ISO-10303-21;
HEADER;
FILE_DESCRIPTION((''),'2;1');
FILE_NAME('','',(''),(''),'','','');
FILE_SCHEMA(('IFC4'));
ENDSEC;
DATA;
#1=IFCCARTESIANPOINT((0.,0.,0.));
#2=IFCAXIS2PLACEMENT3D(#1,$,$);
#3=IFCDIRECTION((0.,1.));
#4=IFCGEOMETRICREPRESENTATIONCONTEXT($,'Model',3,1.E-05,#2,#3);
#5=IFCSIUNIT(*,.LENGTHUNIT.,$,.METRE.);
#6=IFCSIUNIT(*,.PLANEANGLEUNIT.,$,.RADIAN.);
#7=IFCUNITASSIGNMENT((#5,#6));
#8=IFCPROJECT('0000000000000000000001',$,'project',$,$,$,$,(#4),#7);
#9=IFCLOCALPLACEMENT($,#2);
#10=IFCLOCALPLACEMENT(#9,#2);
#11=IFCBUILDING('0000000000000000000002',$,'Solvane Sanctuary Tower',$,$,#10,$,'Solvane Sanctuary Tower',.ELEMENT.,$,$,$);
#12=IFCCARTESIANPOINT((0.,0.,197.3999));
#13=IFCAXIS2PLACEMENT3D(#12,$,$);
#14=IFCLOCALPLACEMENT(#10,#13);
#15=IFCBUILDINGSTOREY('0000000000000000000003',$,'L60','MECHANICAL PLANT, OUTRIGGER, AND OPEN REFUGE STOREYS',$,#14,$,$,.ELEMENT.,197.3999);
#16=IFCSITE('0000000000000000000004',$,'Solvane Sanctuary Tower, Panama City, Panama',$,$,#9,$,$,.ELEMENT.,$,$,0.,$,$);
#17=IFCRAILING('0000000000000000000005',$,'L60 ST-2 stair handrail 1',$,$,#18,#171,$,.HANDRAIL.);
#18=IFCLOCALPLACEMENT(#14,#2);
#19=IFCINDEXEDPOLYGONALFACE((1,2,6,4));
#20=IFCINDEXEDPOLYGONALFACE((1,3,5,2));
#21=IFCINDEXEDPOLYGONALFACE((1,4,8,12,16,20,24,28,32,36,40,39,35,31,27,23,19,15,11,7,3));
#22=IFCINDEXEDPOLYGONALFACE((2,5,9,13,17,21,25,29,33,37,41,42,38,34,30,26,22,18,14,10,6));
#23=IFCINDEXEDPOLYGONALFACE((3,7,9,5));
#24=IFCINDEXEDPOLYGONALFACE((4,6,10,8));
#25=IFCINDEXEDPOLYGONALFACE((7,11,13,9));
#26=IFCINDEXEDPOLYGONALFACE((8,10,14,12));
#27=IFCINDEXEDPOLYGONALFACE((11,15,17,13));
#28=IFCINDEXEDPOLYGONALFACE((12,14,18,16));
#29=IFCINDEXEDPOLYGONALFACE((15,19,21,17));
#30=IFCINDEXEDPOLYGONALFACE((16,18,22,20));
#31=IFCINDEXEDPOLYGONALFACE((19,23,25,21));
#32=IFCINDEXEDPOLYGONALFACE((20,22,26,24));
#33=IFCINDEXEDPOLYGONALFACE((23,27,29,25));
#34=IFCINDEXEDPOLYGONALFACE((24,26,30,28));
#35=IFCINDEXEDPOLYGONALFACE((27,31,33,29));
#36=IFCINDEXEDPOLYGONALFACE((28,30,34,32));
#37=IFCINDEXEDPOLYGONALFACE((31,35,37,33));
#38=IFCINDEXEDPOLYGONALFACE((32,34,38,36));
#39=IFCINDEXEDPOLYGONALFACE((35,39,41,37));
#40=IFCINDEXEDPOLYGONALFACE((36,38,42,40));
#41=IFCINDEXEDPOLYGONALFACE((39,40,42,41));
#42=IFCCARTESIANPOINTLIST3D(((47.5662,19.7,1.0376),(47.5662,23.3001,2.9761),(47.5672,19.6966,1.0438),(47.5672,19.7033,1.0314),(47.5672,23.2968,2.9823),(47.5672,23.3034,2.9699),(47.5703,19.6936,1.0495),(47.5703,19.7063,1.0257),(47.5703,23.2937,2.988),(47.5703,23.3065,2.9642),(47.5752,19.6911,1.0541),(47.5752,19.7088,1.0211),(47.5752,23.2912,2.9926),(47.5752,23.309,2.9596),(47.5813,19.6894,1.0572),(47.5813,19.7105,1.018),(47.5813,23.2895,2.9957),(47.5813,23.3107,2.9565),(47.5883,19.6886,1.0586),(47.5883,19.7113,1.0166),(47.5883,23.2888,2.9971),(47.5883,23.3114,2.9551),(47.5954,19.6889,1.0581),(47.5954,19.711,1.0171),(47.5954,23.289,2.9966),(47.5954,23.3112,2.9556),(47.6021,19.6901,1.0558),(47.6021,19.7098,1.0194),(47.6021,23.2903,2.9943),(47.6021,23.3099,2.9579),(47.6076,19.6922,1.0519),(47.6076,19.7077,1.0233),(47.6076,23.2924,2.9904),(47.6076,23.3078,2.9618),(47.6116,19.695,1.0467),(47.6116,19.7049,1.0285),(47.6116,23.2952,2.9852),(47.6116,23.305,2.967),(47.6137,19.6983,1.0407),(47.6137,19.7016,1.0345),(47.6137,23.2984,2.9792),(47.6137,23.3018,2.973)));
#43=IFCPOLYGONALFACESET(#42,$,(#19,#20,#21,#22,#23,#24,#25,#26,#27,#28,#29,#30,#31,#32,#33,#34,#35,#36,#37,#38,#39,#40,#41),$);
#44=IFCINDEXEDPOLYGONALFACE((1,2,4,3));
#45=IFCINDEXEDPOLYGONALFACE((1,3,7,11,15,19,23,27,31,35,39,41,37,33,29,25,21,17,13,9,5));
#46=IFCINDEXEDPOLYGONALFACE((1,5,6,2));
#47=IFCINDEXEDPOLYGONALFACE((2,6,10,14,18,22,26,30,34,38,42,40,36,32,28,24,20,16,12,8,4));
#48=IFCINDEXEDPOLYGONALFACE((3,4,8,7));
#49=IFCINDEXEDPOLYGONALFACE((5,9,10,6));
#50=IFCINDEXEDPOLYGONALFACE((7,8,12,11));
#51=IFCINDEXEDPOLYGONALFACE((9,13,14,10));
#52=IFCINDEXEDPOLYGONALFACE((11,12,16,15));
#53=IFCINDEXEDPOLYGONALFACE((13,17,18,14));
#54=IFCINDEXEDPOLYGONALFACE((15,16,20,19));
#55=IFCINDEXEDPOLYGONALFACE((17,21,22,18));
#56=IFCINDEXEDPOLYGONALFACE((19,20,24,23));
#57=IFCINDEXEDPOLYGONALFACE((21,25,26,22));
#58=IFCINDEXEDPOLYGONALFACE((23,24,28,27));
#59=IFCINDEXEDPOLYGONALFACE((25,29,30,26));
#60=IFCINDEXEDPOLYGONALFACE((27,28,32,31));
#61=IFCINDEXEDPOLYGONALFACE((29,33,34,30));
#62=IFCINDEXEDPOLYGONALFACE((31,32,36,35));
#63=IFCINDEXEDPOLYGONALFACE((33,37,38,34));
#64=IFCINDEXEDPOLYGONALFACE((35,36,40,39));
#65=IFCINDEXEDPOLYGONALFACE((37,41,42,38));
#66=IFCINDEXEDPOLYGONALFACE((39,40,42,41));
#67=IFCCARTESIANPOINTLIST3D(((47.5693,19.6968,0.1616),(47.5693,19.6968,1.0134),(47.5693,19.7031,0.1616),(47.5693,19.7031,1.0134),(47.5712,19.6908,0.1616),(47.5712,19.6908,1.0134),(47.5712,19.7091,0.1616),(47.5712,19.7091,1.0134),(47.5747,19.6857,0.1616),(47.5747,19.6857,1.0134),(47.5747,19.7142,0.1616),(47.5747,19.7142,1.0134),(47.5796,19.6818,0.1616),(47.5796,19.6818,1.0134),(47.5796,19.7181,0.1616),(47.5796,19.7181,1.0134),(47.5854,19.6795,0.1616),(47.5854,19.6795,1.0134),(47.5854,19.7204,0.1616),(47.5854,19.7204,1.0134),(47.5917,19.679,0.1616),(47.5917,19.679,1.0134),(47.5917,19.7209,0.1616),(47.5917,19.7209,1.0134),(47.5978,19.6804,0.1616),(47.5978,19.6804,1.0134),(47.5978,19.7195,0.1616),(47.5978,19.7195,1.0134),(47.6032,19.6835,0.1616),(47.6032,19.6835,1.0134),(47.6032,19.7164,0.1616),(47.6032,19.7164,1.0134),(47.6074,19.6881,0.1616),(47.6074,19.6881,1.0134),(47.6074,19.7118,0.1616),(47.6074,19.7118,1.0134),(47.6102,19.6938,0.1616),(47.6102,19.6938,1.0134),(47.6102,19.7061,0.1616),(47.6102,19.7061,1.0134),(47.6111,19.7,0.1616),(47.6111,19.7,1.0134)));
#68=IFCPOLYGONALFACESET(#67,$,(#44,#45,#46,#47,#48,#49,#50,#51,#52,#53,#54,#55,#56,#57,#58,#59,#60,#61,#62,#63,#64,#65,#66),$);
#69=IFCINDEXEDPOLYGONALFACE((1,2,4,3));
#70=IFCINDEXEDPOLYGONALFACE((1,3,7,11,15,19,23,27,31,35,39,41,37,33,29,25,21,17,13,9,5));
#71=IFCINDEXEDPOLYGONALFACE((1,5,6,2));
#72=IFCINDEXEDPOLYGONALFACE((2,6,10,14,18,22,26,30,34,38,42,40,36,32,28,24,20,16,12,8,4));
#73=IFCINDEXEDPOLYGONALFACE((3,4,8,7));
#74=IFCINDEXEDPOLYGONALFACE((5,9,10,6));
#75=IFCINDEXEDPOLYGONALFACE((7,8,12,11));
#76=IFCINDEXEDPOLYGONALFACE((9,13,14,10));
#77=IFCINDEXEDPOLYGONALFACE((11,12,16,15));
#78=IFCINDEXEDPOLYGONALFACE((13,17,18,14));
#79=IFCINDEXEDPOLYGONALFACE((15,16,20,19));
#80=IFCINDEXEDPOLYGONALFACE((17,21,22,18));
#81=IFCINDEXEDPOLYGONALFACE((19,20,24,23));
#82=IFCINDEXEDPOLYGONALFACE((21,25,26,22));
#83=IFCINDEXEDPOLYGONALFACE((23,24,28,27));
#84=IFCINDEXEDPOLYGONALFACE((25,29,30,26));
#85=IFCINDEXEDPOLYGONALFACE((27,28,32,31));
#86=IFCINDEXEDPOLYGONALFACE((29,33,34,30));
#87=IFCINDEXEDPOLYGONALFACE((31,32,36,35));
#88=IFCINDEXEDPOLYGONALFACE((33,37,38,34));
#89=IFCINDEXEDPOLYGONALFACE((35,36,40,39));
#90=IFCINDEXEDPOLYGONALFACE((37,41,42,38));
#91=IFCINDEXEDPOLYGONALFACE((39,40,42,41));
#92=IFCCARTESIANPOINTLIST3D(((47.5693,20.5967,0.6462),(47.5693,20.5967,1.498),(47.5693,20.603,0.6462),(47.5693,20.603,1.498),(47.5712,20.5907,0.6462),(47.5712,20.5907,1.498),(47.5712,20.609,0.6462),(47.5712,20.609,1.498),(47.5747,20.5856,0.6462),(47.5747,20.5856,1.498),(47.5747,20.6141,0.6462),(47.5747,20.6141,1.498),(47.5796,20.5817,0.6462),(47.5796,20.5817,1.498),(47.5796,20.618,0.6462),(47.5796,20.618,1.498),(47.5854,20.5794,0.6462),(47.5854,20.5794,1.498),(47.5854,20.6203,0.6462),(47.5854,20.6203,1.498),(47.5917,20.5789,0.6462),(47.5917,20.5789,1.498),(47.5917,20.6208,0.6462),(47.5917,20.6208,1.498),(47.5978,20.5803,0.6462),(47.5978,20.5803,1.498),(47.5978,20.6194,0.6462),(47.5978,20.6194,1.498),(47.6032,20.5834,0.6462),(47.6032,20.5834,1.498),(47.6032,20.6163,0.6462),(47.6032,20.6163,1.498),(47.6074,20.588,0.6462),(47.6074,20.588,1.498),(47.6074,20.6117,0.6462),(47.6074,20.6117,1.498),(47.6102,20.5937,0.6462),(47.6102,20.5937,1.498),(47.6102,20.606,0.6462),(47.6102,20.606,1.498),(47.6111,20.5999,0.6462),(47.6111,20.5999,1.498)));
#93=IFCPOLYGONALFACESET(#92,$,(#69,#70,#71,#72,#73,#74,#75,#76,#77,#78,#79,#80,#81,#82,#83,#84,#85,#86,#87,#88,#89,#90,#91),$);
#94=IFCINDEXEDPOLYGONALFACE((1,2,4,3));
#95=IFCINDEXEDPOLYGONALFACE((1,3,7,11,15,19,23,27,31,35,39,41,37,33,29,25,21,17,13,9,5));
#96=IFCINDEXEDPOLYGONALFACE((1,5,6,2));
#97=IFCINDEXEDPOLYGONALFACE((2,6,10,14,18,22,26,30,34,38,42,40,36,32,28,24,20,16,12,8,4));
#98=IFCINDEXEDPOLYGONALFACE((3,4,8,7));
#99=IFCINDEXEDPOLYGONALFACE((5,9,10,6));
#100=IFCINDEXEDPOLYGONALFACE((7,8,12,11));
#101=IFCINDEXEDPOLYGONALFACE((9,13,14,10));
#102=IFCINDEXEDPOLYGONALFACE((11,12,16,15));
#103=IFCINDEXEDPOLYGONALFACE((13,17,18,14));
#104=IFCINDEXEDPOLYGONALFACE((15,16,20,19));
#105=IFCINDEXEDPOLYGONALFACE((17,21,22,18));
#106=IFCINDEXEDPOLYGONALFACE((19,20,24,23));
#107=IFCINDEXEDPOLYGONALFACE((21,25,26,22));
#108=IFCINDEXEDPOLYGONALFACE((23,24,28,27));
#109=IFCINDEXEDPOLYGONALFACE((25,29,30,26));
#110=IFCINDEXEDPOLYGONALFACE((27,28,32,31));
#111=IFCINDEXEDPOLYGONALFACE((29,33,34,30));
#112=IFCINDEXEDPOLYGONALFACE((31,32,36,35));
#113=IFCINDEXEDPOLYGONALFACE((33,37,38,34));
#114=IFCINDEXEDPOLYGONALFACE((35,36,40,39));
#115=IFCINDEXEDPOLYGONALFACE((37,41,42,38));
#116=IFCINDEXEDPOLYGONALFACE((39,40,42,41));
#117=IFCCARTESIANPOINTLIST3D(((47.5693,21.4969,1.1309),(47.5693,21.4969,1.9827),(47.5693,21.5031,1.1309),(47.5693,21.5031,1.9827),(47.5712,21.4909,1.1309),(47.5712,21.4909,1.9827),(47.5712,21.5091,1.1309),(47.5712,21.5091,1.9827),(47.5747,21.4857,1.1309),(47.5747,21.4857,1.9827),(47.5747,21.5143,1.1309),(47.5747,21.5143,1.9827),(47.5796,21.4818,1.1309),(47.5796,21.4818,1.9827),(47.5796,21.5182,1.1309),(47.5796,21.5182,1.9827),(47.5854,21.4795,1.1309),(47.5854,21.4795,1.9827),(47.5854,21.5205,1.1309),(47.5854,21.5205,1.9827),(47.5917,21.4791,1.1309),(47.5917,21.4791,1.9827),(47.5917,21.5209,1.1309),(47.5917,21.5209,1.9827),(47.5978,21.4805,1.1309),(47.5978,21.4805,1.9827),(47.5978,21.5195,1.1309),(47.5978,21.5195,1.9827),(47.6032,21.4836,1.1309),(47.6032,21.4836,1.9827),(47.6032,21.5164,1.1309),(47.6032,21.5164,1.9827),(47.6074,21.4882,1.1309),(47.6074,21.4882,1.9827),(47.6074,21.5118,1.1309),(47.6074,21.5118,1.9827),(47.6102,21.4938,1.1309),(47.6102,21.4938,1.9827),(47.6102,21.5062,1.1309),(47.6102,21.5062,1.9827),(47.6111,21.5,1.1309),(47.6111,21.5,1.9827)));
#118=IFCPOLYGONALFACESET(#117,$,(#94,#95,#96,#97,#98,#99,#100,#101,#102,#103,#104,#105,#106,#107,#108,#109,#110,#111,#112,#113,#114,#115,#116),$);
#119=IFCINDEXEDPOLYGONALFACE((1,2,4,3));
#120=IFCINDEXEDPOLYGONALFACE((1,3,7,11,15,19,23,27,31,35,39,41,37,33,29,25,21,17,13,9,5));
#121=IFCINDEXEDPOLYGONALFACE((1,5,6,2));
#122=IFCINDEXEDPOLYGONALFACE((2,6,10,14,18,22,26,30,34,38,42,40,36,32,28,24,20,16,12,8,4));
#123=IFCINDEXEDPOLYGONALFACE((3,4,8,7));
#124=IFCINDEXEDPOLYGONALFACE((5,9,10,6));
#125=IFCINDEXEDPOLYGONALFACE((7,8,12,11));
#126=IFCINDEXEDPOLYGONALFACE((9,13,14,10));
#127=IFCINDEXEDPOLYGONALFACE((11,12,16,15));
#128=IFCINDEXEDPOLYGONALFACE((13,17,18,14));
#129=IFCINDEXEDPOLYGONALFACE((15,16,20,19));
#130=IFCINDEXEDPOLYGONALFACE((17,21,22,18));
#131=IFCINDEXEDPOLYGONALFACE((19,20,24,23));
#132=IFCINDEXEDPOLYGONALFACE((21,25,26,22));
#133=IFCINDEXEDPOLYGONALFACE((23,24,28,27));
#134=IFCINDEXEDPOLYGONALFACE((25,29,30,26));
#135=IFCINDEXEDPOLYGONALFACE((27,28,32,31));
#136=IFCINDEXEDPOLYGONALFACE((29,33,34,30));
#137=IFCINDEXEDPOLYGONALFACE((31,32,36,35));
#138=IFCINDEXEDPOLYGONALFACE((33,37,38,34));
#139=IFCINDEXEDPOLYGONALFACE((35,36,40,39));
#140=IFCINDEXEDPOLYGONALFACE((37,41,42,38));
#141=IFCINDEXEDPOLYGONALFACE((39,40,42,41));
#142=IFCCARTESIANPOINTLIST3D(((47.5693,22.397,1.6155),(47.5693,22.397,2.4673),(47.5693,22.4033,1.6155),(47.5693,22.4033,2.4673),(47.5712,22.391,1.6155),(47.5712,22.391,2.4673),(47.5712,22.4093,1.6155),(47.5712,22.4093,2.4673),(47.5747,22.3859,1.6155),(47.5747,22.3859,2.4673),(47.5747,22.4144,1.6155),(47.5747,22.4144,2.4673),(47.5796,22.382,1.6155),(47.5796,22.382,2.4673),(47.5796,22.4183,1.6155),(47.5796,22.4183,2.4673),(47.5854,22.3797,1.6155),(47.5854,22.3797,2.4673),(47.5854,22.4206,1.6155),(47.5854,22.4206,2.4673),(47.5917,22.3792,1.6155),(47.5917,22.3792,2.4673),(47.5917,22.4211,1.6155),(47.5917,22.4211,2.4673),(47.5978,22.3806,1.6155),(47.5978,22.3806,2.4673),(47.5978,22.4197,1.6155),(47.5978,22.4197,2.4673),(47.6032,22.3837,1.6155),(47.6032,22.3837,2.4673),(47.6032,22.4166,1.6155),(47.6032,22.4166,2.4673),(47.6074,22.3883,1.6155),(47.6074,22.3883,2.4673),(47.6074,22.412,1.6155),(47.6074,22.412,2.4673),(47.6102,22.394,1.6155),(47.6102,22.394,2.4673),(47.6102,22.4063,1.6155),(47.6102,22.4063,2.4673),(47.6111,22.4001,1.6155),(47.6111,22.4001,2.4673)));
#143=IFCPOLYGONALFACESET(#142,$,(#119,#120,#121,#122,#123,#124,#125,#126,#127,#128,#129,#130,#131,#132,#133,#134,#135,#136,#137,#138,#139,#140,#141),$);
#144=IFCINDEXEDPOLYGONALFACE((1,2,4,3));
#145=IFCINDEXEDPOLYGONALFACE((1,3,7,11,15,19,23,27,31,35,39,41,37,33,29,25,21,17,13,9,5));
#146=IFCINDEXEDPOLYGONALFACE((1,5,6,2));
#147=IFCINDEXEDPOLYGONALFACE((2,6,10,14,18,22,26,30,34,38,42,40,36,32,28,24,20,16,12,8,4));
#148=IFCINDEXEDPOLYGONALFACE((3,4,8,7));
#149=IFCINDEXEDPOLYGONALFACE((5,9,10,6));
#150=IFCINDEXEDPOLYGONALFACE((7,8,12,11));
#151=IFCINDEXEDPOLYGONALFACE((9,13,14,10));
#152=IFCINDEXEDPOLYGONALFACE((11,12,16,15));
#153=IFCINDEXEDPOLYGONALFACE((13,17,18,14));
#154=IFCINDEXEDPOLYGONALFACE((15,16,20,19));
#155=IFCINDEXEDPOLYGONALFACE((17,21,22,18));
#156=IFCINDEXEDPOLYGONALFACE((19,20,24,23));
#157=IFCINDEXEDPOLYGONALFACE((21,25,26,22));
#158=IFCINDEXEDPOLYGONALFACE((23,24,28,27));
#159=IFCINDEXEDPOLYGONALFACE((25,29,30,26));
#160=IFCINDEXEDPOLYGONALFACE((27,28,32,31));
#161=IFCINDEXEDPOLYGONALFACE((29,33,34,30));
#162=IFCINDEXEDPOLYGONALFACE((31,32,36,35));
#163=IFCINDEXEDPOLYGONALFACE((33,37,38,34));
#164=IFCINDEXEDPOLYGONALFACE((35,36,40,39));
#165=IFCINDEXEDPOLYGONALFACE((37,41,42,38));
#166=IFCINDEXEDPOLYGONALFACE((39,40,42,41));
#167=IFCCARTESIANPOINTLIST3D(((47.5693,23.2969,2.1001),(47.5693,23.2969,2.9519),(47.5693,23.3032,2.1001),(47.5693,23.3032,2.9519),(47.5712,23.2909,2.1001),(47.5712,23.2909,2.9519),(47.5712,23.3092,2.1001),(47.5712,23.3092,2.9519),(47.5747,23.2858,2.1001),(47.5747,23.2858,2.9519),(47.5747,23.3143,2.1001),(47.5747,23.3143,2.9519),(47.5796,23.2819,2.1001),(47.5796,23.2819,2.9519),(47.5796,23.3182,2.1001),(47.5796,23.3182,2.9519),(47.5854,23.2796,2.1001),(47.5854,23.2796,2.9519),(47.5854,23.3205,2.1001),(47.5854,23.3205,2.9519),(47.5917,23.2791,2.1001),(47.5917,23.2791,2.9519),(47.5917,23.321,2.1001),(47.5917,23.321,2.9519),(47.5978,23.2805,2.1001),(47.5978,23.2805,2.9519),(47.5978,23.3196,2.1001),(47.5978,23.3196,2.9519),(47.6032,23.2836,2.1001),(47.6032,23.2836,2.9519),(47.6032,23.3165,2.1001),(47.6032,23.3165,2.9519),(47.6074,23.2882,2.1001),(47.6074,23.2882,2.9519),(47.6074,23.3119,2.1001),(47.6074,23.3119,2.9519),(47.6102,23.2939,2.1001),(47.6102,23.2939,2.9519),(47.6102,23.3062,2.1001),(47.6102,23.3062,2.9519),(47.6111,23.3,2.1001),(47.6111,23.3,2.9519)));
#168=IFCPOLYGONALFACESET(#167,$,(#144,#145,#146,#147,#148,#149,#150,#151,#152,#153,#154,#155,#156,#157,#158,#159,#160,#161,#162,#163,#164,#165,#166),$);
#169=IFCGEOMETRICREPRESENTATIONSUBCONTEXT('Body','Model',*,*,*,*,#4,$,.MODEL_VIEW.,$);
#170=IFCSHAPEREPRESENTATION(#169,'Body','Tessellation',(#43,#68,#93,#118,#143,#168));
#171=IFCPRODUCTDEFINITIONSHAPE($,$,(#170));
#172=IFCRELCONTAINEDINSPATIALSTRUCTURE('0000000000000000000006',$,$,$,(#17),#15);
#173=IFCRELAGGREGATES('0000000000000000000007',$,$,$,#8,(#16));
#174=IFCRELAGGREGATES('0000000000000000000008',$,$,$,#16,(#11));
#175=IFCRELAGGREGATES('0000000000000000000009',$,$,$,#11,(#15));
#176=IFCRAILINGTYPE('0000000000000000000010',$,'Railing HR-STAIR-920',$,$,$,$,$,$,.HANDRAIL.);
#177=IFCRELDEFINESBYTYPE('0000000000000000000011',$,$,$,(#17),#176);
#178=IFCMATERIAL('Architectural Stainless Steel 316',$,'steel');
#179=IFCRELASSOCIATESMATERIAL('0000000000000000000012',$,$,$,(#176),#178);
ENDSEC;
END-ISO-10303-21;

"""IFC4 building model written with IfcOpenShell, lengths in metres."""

from ifc_helpers import new_model, si_unit, direction, frame, origin, origin_2d, place, context, subcontext, project, spatial, circle, extrude, material, type_object, element, save


model = new_model("IFC4")

# Units and contexts
model_context = context("Model", 3, precision=1e-05, world=origin(), true_north=direction((0.0, 1.0)))
body_context = subcontext(model_context, "Body", "Model", "MODEL_VIEW")
ifc_project = project(units=[si_unit("LENGTHUNIT", "METRE"), si_unit("PLANEANGLEUNIT", "RADIAN")], contexts=[model_context])

# Site, building, storey
site_placement = place(None, origin())
site = spatial("IfcSite", under=ifc_project, at=site_placement, Name="Solvane Sanctuary Tower, Panama City, Panama", CompositionType="ELEMENT", RefElevation=0.0)
building_placement = place(site_placement, origin())
building = spatial("IfcBuilding", under=site, at=building_placement, Name="Solvane Sanctuary Tower", LongName="Solvane Sanctuary Tower", CompositionType="ELEMENT")
storey_placement = place(building_placement, frame((0.0, 0.0, 197.3999)))
storey = spatial("IfcBuildingStorey", under=building, at=storey_placement, Name="L60", Description="MECHANICAL PLANT, OUTRIGGER, AND OPEN REFUGE STOREYS", CompositionType="ELEMENT", Elevation=197.3999)

# Shared definitions
ifc_material_1 = material(Name="Architectural Stainless Steel 316", Category="steel")

# Railing
railing_type_1 = type_object("IfcRailingType", Name="Railing HR-STAIR-920", PredefinedType="HANDRAIL", material=ifc_material_1)
railing_1_placement = place(storey_placement, frame((47.5901, 19.7, 0.1616)))
element("IfcRailing", 1, at=railing_1_placement, inside=storey, type_object=railing_type_1, Name="L60 ST-2 stair handrail 1", PredefinedType="HANDRAIL", context=body_context, shape_type="SweptSolid", body=[
    extrude(circle(Radius=0.0239, at=origin_2d()), frame((0.0, 0.0, 0.876), z_axis=(0.0, 0.880475, 0.474093), x_axis=(-1.0, 0.0, 0.0)), (0.0, 0.0, 1.0), 4.0889),
    extrude(circle(Radius=0.021, at=origin_2d()), origin(), (0.0, 0.0, 1.0), 0.8518),
    extrude(circle(Radius=0.021, at=origin_2d()), frame((0.0, 0.8999, 0.4846)), (0.0, 0.0, 1.0), 0.8518),
    extrude(circle(Radius=0.021, at=origin_2d()), frame((0.0, 1.8, 0.9692)), (0.0, 0.0, 1.0), 0.8518),
    extrude(circle(Radius=0.021, at=origin_2d()), frame((0.0, 2.7002, 1.4539)), (0.0, 0.0, 1.0), 0.8518),
    extrude(circle(Radius=0.021, at=origin_2d()), frame((0.0, 3.6001, 1.9385)), (0.0, 0.0, 1.0), 0.8518),
])

save(model, "model.ifc")
